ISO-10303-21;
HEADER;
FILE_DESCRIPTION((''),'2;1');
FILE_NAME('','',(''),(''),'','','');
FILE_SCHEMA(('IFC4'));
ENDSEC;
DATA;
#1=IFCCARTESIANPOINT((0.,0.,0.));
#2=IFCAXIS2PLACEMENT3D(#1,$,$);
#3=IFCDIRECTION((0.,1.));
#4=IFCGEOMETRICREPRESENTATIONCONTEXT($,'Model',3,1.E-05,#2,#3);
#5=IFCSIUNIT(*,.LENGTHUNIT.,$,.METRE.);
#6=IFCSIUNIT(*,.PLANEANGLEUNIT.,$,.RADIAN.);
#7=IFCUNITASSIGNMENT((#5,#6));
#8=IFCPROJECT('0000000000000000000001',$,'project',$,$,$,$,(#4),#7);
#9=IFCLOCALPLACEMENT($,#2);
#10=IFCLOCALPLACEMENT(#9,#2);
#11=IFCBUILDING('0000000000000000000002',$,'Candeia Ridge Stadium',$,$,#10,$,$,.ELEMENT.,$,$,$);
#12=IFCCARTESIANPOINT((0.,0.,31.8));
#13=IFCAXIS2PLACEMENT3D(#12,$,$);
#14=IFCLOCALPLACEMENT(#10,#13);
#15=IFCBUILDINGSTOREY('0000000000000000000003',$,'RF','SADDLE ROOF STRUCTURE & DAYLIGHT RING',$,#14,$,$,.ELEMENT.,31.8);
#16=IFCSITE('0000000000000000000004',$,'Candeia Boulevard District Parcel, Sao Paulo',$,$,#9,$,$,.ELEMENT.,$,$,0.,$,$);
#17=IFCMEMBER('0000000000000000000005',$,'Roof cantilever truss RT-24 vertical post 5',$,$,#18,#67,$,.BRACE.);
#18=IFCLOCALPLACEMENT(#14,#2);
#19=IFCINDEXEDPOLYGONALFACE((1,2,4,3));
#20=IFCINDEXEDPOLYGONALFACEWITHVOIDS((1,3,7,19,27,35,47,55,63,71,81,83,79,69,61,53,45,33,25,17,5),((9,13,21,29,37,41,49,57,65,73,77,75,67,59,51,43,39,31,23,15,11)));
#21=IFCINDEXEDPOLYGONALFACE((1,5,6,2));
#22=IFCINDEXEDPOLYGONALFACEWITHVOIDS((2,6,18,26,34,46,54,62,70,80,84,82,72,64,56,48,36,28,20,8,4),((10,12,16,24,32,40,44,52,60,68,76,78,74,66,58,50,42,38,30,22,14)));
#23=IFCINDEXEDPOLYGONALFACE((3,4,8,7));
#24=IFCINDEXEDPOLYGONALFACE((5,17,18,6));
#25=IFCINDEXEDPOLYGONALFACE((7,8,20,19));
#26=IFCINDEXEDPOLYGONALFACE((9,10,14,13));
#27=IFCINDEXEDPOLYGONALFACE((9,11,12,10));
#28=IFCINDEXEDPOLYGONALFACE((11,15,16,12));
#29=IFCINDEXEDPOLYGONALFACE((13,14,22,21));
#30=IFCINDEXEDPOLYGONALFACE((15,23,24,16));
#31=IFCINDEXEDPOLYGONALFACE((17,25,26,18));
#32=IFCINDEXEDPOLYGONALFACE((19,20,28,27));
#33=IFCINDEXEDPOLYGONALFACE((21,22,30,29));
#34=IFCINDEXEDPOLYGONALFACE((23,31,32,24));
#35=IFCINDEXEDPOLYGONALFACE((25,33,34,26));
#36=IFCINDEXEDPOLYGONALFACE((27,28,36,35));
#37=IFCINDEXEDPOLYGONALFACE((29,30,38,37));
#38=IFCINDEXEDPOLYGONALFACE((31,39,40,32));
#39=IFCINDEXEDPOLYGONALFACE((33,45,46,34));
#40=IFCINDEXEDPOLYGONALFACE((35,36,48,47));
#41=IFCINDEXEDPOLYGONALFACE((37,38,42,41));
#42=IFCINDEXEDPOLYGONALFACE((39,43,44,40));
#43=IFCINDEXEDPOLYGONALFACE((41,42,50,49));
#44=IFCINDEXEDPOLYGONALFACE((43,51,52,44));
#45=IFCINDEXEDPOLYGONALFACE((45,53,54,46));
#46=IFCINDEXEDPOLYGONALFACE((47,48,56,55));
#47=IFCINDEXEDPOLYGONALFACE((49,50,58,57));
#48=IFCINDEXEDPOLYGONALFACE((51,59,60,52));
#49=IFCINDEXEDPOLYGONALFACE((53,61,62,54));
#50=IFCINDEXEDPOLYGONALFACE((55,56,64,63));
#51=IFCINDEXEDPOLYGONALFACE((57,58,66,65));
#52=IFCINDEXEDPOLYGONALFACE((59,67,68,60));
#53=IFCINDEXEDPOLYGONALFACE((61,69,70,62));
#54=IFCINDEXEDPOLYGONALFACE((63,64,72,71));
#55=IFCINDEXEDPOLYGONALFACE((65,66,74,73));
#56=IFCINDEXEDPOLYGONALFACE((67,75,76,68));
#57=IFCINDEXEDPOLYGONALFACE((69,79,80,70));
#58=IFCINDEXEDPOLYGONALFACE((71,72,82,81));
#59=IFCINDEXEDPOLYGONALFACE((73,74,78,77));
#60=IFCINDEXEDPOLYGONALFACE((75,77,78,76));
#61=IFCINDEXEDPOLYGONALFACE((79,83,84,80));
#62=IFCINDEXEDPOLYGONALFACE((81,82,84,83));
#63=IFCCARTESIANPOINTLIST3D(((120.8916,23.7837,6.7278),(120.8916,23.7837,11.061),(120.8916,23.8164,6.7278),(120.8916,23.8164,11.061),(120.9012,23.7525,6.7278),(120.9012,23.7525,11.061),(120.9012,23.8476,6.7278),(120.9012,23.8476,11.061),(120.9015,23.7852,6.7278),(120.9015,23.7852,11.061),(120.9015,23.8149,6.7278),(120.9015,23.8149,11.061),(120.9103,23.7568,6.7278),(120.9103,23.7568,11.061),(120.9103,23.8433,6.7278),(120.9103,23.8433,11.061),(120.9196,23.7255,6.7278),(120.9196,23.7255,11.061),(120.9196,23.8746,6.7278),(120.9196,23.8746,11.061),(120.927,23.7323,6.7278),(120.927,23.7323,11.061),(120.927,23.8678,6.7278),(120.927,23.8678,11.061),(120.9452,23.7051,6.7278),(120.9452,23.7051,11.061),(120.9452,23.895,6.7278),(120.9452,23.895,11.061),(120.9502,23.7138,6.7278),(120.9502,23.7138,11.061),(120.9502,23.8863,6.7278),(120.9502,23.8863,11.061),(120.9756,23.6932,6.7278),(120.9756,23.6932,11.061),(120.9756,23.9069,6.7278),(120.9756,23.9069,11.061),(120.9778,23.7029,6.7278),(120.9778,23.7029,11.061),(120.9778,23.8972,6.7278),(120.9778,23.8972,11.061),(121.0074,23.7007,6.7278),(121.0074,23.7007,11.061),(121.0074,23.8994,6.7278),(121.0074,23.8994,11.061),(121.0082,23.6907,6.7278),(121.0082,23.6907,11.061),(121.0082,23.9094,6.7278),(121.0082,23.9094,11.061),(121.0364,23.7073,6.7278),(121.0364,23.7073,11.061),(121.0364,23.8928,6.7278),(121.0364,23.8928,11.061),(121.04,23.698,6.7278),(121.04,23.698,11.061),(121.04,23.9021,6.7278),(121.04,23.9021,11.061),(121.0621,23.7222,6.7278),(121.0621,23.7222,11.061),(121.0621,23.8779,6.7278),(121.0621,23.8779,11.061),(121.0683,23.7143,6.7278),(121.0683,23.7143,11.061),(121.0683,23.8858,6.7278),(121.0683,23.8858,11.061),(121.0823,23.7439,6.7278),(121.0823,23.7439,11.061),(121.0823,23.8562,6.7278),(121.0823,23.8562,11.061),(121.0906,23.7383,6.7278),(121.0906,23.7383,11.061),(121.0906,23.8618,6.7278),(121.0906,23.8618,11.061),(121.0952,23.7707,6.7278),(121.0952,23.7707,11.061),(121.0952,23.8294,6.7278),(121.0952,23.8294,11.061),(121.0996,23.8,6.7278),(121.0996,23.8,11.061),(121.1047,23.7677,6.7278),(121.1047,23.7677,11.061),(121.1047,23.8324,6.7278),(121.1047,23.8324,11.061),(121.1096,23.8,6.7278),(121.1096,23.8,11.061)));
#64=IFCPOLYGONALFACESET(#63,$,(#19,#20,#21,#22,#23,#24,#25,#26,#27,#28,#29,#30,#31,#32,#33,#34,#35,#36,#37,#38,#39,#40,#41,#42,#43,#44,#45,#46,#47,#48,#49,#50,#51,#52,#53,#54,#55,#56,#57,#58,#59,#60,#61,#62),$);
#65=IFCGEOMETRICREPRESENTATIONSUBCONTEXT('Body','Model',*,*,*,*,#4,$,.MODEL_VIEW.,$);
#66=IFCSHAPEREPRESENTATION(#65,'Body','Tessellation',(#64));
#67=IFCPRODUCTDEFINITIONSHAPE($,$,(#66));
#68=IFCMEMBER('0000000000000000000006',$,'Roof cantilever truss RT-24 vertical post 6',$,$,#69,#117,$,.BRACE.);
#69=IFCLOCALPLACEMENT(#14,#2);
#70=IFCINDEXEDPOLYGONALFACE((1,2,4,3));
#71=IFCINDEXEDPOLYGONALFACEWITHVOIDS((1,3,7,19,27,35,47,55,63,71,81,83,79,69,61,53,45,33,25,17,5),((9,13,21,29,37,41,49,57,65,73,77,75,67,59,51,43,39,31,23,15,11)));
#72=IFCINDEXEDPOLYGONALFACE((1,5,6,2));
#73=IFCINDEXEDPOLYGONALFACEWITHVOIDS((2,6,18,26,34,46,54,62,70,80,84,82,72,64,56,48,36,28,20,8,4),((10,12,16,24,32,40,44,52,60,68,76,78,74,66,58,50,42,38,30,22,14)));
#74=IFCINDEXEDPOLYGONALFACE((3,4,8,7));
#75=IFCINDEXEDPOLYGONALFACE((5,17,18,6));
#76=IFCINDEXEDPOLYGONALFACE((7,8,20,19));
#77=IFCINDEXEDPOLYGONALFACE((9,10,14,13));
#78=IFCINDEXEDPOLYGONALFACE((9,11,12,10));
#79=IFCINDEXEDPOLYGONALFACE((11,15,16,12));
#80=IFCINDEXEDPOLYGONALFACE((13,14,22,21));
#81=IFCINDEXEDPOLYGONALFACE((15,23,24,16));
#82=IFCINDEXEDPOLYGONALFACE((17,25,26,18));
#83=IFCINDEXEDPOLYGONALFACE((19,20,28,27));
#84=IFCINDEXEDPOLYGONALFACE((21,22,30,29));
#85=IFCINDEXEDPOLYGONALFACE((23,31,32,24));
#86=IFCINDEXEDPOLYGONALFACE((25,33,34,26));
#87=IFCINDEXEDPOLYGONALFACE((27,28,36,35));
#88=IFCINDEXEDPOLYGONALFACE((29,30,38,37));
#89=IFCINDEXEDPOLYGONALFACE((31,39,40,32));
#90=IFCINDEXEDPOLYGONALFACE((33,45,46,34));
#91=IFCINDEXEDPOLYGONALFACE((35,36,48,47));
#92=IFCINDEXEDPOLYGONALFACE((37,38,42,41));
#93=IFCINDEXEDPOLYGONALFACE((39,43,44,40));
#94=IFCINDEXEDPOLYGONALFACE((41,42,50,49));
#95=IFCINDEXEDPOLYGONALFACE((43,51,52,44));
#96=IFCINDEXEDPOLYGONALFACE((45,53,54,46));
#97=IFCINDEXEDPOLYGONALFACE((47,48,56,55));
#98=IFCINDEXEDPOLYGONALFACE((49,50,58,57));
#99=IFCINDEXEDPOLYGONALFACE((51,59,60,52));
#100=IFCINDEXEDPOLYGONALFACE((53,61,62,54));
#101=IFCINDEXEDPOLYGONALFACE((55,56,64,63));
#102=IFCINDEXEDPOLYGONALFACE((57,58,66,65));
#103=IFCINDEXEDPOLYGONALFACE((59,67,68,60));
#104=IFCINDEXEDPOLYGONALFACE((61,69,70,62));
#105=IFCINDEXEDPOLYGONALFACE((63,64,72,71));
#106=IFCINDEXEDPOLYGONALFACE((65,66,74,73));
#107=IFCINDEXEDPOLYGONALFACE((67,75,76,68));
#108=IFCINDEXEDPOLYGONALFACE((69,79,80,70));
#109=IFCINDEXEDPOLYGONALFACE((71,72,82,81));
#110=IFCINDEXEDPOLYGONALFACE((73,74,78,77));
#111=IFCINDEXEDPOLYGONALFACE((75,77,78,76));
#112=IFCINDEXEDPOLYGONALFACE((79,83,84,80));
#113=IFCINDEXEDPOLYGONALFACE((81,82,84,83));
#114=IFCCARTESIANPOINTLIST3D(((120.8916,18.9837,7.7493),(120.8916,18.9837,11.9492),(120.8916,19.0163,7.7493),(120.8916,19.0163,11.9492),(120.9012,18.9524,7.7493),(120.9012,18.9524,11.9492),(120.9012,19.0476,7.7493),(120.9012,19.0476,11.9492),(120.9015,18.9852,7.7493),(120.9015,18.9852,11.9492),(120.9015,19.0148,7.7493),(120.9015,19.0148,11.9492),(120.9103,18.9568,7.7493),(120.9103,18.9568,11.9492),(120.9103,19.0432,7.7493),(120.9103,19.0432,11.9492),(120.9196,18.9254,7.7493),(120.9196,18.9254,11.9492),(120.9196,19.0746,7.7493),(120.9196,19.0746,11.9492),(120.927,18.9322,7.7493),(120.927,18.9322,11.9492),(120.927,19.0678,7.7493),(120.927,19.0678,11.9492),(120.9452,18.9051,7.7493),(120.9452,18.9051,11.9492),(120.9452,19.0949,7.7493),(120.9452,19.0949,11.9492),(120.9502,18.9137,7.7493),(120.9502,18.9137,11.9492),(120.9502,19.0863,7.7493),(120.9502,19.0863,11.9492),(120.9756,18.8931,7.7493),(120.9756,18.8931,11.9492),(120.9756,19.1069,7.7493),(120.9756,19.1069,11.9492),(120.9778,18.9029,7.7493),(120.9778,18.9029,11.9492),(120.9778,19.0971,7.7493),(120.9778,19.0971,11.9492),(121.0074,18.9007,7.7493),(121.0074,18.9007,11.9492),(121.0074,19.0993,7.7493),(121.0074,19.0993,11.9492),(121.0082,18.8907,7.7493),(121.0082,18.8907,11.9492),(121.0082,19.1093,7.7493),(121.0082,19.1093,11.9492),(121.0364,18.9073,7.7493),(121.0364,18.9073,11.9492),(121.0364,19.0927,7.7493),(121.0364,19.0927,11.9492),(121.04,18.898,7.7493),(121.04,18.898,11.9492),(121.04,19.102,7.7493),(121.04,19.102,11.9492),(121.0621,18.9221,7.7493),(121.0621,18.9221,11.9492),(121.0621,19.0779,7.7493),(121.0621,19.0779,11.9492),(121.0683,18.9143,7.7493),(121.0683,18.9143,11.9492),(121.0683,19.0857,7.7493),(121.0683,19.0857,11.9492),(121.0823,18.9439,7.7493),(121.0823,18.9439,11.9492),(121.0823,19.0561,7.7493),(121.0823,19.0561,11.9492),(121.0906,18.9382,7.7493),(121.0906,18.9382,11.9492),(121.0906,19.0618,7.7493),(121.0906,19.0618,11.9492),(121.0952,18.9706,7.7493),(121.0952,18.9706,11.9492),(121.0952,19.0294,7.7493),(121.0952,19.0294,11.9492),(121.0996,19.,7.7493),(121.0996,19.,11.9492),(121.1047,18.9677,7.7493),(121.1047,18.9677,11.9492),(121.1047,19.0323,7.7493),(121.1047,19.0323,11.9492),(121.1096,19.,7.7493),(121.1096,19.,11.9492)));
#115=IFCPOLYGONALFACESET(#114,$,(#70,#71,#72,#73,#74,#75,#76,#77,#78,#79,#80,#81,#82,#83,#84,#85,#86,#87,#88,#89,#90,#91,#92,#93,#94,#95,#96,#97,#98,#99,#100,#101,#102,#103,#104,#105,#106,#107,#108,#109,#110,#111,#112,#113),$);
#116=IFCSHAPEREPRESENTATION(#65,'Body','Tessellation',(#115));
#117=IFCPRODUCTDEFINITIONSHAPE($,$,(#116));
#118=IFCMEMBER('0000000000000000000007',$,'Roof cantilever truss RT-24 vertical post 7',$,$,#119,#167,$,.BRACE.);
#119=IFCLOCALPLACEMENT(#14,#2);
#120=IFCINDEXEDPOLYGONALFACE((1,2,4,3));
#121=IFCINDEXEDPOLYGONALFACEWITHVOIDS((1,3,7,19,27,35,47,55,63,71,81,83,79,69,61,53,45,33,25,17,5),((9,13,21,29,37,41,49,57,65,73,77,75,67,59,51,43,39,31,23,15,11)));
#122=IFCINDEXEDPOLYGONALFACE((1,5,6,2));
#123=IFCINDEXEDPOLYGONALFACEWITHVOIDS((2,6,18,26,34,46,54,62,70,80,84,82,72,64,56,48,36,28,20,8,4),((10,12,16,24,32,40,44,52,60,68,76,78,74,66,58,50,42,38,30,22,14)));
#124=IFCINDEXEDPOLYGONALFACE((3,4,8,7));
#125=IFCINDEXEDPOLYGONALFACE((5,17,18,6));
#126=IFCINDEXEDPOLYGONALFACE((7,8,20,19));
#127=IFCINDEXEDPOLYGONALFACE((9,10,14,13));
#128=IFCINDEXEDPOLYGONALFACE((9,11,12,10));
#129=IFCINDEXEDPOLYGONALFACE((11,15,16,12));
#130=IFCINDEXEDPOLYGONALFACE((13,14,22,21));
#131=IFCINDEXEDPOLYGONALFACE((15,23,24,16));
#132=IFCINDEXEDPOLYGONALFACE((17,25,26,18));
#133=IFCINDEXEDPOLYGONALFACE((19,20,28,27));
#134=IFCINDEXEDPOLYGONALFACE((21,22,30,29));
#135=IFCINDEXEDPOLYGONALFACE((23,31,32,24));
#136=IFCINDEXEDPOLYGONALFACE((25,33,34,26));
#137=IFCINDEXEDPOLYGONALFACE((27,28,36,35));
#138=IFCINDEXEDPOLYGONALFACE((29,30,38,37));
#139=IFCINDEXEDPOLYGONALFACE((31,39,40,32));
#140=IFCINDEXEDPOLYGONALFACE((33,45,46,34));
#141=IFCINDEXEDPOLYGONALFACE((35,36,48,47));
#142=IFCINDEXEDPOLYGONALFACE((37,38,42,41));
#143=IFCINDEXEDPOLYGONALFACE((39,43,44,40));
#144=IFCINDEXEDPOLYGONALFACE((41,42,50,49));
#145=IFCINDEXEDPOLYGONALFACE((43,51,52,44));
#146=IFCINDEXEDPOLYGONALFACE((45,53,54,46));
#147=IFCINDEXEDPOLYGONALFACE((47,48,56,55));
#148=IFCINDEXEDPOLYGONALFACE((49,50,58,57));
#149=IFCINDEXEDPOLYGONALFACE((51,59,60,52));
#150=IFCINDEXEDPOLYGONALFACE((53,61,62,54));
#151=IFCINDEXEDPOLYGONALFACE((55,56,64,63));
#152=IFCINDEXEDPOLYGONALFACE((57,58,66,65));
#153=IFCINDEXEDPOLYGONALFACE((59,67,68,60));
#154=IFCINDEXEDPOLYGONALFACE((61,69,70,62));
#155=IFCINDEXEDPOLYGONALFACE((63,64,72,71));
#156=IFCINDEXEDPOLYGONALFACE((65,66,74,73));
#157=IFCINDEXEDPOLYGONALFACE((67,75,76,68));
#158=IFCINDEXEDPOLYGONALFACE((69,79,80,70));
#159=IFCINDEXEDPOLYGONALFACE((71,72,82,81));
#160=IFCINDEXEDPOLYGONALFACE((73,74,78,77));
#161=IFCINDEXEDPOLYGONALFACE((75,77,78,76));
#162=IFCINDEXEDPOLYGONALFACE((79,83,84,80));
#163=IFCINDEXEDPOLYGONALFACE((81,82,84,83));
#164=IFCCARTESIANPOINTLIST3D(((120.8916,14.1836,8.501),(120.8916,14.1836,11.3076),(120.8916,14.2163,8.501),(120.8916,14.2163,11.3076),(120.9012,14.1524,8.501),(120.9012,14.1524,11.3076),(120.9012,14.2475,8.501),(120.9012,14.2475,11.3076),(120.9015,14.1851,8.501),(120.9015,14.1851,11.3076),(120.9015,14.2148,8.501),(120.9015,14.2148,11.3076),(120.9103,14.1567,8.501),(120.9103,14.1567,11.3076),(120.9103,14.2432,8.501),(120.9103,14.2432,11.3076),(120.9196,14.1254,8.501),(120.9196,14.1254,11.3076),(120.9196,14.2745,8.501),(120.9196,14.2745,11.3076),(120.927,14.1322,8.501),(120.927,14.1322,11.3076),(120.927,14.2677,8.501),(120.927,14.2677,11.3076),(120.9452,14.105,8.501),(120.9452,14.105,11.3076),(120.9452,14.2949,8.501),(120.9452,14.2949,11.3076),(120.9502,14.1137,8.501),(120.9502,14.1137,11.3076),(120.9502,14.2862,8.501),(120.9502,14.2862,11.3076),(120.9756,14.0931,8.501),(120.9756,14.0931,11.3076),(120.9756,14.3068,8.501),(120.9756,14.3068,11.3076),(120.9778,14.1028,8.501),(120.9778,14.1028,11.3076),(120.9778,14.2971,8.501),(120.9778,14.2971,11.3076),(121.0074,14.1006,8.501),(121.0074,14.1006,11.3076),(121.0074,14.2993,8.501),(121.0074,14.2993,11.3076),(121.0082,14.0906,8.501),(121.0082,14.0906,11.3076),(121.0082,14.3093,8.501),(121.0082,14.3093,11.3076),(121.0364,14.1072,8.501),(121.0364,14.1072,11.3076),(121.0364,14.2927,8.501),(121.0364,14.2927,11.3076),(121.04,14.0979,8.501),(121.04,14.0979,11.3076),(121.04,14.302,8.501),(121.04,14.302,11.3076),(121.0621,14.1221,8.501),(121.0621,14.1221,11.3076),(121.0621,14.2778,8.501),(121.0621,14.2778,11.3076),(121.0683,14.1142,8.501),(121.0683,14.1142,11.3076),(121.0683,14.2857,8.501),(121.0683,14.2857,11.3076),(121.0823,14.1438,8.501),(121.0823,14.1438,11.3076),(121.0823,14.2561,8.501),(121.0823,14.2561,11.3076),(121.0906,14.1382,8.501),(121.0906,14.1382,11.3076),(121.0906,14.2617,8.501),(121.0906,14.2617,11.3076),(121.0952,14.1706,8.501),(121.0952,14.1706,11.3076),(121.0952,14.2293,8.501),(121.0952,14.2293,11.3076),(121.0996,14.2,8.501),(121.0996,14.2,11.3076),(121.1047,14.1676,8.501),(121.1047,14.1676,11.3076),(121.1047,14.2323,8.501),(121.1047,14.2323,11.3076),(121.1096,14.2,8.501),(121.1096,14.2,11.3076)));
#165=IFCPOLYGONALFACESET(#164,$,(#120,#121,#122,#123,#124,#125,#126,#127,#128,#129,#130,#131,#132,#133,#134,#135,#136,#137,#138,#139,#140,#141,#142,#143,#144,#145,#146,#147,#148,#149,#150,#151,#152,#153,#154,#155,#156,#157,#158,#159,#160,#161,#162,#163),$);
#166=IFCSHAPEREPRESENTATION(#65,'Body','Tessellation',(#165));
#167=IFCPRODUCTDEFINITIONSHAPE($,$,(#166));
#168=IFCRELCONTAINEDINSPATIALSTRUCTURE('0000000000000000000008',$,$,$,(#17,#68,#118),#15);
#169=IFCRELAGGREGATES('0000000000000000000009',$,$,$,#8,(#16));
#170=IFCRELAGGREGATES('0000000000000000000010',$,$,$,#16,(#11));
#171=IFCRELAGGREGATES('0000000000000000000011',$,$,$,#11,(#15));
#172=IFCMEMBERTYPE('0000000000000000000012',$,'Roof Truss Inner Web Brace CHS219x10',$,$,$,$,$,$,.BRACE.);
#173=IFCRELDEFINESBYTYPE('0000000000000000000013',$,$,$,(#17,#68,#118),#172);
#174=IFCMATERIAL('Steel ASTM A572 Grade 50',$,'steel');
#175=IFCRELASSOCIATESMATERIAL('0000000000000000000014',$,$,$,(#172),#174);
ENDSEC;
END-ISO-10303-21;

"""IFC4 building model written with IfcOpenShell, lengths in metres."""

from ifc_helpers import new_model, si_unit, direction, frame, origin, origin_2d, place, context, subcontext, project, spatial, hollow_circle, extrude, material, material_profile, profile_set, type_object, element, save


model = new_model("IFC4")

# Units and contexts
model_context = context("Model", 3, precision=1e-05, world=origin(), true_north=direction((0.0, 1.0)))
body_context = subcontext(model_context, "Body", "Model", "MODEL_VIEW")
ifc_project = project(units=[si_unit("LENGTHUNIT", "METRE"), si_unit("PLANEANGLEUNIT", "RADIAN")], contexts=[model_context])

# Site, building, storey
site_placement = place(None, origin())
site = spatial("IfcSite", under=ifc_project, at=site_placement, Name="Candeia Boulevard District Parcel, Sao Paulo", CompositionType="ELEMENT", RefElevation=0.0)
building_placement = place(site_placement, origin())
building = spatial("IfcBuilding", under=site, at=building_placement, Name="Candeia Ridge Stadium", CompositionType="ELEMENT")
storey_placement = place(building_placement, frame((0.0, 0.0, 31.8)))
storey = spatial("IfcBuildingStorey", under=building, at=storey_placement, Name="RF", Description="SADDLE ROOF STRUCTURE & DAYLIGHT RING", CompositionType="ELEMENT", Elevation=31.8)

# Shared definitions
ifc_material_1 = material(Name="Steel ASTM A572 Grade 50", Category="steel")

# Members
ifc_material_profile_1 = material_profile(ifc_material_1, hollow_circle(Radius=0.1096, WallThickness=0.01, at=origin_2d()), Name="CHS219x10", Category="steel")
ifc_profile_set_1 = profile_set([ifc_material_profile_1], Name="Steel ASTM A572 Grade 50")
member_type_1 = type_object("IfcMemberType", Name="Roof Truss Inner Web Brace CHS219x10", PredefinedType="BRACE", material=ifc_profile_set_1)
member_1_placement = place(storey_placement, frame((121.0, 23.8, 6.7278), z_axis=(0.0, 0.0, 1.0), x_axis=(1.0, 0.0, 0.0)))
element("IfcMember", 1, at=member_1_placement, inside=storey, type_object=member_type_1, Name="Roof cantilever truss RT-24 vertical post 5", PredefinedType="BRACE", context=body_context, shape_type="SweptSolid", body=[
    extrude(hollow_circle(Radius=0.1096, WallThickness=0.01, at=origin_2d()), origin(), (0.0, 0.0, 1.0), 4.3333),
])
member_2_placement = place(storey_placement, frame((121.0, 19.0, 7.7493), z_axis=(0.0, 0.0, 1.0), x_axis=(1.0, 0.0, 0.0)))
element("IfcMember", 2, at=member_2_placement, inside=storey, type_object=member_type_1, Name="Roof cantilever truss RT-24 vertical post 6", PredefinedType="BRACE", context=body_context, shape_type="SweptSolid", body=[
    extrude(hollow_circle(Radius=0.1096, WallThickness=0.01, at=origin_2d()), origin(), (0.0, 0.0, 1.0), 4.2),
])
member_3_placement = place(storey_placement, frame((121.0, 14.2, 8.501), z_axis=(0.0, 0.0, 1.0), x_axis=(1.0, 0.0, 0.0)))
element("IfcMember", 3, at=member_3_placement, inside=storey, type_object=member_type_1, Name="Roof cantilever truss RT-24 vertical post 7", PredefinedType="BRACE", context=body_context, shape_type="SweptSolid", body=[
    extrude(hollow_circle(Radius=0.1096, WallThickness=0.01, at=origin_2d()), origin(), (0.0, 0.0, 1.0), 2.8066),
])

save(model, "model.ifc")
